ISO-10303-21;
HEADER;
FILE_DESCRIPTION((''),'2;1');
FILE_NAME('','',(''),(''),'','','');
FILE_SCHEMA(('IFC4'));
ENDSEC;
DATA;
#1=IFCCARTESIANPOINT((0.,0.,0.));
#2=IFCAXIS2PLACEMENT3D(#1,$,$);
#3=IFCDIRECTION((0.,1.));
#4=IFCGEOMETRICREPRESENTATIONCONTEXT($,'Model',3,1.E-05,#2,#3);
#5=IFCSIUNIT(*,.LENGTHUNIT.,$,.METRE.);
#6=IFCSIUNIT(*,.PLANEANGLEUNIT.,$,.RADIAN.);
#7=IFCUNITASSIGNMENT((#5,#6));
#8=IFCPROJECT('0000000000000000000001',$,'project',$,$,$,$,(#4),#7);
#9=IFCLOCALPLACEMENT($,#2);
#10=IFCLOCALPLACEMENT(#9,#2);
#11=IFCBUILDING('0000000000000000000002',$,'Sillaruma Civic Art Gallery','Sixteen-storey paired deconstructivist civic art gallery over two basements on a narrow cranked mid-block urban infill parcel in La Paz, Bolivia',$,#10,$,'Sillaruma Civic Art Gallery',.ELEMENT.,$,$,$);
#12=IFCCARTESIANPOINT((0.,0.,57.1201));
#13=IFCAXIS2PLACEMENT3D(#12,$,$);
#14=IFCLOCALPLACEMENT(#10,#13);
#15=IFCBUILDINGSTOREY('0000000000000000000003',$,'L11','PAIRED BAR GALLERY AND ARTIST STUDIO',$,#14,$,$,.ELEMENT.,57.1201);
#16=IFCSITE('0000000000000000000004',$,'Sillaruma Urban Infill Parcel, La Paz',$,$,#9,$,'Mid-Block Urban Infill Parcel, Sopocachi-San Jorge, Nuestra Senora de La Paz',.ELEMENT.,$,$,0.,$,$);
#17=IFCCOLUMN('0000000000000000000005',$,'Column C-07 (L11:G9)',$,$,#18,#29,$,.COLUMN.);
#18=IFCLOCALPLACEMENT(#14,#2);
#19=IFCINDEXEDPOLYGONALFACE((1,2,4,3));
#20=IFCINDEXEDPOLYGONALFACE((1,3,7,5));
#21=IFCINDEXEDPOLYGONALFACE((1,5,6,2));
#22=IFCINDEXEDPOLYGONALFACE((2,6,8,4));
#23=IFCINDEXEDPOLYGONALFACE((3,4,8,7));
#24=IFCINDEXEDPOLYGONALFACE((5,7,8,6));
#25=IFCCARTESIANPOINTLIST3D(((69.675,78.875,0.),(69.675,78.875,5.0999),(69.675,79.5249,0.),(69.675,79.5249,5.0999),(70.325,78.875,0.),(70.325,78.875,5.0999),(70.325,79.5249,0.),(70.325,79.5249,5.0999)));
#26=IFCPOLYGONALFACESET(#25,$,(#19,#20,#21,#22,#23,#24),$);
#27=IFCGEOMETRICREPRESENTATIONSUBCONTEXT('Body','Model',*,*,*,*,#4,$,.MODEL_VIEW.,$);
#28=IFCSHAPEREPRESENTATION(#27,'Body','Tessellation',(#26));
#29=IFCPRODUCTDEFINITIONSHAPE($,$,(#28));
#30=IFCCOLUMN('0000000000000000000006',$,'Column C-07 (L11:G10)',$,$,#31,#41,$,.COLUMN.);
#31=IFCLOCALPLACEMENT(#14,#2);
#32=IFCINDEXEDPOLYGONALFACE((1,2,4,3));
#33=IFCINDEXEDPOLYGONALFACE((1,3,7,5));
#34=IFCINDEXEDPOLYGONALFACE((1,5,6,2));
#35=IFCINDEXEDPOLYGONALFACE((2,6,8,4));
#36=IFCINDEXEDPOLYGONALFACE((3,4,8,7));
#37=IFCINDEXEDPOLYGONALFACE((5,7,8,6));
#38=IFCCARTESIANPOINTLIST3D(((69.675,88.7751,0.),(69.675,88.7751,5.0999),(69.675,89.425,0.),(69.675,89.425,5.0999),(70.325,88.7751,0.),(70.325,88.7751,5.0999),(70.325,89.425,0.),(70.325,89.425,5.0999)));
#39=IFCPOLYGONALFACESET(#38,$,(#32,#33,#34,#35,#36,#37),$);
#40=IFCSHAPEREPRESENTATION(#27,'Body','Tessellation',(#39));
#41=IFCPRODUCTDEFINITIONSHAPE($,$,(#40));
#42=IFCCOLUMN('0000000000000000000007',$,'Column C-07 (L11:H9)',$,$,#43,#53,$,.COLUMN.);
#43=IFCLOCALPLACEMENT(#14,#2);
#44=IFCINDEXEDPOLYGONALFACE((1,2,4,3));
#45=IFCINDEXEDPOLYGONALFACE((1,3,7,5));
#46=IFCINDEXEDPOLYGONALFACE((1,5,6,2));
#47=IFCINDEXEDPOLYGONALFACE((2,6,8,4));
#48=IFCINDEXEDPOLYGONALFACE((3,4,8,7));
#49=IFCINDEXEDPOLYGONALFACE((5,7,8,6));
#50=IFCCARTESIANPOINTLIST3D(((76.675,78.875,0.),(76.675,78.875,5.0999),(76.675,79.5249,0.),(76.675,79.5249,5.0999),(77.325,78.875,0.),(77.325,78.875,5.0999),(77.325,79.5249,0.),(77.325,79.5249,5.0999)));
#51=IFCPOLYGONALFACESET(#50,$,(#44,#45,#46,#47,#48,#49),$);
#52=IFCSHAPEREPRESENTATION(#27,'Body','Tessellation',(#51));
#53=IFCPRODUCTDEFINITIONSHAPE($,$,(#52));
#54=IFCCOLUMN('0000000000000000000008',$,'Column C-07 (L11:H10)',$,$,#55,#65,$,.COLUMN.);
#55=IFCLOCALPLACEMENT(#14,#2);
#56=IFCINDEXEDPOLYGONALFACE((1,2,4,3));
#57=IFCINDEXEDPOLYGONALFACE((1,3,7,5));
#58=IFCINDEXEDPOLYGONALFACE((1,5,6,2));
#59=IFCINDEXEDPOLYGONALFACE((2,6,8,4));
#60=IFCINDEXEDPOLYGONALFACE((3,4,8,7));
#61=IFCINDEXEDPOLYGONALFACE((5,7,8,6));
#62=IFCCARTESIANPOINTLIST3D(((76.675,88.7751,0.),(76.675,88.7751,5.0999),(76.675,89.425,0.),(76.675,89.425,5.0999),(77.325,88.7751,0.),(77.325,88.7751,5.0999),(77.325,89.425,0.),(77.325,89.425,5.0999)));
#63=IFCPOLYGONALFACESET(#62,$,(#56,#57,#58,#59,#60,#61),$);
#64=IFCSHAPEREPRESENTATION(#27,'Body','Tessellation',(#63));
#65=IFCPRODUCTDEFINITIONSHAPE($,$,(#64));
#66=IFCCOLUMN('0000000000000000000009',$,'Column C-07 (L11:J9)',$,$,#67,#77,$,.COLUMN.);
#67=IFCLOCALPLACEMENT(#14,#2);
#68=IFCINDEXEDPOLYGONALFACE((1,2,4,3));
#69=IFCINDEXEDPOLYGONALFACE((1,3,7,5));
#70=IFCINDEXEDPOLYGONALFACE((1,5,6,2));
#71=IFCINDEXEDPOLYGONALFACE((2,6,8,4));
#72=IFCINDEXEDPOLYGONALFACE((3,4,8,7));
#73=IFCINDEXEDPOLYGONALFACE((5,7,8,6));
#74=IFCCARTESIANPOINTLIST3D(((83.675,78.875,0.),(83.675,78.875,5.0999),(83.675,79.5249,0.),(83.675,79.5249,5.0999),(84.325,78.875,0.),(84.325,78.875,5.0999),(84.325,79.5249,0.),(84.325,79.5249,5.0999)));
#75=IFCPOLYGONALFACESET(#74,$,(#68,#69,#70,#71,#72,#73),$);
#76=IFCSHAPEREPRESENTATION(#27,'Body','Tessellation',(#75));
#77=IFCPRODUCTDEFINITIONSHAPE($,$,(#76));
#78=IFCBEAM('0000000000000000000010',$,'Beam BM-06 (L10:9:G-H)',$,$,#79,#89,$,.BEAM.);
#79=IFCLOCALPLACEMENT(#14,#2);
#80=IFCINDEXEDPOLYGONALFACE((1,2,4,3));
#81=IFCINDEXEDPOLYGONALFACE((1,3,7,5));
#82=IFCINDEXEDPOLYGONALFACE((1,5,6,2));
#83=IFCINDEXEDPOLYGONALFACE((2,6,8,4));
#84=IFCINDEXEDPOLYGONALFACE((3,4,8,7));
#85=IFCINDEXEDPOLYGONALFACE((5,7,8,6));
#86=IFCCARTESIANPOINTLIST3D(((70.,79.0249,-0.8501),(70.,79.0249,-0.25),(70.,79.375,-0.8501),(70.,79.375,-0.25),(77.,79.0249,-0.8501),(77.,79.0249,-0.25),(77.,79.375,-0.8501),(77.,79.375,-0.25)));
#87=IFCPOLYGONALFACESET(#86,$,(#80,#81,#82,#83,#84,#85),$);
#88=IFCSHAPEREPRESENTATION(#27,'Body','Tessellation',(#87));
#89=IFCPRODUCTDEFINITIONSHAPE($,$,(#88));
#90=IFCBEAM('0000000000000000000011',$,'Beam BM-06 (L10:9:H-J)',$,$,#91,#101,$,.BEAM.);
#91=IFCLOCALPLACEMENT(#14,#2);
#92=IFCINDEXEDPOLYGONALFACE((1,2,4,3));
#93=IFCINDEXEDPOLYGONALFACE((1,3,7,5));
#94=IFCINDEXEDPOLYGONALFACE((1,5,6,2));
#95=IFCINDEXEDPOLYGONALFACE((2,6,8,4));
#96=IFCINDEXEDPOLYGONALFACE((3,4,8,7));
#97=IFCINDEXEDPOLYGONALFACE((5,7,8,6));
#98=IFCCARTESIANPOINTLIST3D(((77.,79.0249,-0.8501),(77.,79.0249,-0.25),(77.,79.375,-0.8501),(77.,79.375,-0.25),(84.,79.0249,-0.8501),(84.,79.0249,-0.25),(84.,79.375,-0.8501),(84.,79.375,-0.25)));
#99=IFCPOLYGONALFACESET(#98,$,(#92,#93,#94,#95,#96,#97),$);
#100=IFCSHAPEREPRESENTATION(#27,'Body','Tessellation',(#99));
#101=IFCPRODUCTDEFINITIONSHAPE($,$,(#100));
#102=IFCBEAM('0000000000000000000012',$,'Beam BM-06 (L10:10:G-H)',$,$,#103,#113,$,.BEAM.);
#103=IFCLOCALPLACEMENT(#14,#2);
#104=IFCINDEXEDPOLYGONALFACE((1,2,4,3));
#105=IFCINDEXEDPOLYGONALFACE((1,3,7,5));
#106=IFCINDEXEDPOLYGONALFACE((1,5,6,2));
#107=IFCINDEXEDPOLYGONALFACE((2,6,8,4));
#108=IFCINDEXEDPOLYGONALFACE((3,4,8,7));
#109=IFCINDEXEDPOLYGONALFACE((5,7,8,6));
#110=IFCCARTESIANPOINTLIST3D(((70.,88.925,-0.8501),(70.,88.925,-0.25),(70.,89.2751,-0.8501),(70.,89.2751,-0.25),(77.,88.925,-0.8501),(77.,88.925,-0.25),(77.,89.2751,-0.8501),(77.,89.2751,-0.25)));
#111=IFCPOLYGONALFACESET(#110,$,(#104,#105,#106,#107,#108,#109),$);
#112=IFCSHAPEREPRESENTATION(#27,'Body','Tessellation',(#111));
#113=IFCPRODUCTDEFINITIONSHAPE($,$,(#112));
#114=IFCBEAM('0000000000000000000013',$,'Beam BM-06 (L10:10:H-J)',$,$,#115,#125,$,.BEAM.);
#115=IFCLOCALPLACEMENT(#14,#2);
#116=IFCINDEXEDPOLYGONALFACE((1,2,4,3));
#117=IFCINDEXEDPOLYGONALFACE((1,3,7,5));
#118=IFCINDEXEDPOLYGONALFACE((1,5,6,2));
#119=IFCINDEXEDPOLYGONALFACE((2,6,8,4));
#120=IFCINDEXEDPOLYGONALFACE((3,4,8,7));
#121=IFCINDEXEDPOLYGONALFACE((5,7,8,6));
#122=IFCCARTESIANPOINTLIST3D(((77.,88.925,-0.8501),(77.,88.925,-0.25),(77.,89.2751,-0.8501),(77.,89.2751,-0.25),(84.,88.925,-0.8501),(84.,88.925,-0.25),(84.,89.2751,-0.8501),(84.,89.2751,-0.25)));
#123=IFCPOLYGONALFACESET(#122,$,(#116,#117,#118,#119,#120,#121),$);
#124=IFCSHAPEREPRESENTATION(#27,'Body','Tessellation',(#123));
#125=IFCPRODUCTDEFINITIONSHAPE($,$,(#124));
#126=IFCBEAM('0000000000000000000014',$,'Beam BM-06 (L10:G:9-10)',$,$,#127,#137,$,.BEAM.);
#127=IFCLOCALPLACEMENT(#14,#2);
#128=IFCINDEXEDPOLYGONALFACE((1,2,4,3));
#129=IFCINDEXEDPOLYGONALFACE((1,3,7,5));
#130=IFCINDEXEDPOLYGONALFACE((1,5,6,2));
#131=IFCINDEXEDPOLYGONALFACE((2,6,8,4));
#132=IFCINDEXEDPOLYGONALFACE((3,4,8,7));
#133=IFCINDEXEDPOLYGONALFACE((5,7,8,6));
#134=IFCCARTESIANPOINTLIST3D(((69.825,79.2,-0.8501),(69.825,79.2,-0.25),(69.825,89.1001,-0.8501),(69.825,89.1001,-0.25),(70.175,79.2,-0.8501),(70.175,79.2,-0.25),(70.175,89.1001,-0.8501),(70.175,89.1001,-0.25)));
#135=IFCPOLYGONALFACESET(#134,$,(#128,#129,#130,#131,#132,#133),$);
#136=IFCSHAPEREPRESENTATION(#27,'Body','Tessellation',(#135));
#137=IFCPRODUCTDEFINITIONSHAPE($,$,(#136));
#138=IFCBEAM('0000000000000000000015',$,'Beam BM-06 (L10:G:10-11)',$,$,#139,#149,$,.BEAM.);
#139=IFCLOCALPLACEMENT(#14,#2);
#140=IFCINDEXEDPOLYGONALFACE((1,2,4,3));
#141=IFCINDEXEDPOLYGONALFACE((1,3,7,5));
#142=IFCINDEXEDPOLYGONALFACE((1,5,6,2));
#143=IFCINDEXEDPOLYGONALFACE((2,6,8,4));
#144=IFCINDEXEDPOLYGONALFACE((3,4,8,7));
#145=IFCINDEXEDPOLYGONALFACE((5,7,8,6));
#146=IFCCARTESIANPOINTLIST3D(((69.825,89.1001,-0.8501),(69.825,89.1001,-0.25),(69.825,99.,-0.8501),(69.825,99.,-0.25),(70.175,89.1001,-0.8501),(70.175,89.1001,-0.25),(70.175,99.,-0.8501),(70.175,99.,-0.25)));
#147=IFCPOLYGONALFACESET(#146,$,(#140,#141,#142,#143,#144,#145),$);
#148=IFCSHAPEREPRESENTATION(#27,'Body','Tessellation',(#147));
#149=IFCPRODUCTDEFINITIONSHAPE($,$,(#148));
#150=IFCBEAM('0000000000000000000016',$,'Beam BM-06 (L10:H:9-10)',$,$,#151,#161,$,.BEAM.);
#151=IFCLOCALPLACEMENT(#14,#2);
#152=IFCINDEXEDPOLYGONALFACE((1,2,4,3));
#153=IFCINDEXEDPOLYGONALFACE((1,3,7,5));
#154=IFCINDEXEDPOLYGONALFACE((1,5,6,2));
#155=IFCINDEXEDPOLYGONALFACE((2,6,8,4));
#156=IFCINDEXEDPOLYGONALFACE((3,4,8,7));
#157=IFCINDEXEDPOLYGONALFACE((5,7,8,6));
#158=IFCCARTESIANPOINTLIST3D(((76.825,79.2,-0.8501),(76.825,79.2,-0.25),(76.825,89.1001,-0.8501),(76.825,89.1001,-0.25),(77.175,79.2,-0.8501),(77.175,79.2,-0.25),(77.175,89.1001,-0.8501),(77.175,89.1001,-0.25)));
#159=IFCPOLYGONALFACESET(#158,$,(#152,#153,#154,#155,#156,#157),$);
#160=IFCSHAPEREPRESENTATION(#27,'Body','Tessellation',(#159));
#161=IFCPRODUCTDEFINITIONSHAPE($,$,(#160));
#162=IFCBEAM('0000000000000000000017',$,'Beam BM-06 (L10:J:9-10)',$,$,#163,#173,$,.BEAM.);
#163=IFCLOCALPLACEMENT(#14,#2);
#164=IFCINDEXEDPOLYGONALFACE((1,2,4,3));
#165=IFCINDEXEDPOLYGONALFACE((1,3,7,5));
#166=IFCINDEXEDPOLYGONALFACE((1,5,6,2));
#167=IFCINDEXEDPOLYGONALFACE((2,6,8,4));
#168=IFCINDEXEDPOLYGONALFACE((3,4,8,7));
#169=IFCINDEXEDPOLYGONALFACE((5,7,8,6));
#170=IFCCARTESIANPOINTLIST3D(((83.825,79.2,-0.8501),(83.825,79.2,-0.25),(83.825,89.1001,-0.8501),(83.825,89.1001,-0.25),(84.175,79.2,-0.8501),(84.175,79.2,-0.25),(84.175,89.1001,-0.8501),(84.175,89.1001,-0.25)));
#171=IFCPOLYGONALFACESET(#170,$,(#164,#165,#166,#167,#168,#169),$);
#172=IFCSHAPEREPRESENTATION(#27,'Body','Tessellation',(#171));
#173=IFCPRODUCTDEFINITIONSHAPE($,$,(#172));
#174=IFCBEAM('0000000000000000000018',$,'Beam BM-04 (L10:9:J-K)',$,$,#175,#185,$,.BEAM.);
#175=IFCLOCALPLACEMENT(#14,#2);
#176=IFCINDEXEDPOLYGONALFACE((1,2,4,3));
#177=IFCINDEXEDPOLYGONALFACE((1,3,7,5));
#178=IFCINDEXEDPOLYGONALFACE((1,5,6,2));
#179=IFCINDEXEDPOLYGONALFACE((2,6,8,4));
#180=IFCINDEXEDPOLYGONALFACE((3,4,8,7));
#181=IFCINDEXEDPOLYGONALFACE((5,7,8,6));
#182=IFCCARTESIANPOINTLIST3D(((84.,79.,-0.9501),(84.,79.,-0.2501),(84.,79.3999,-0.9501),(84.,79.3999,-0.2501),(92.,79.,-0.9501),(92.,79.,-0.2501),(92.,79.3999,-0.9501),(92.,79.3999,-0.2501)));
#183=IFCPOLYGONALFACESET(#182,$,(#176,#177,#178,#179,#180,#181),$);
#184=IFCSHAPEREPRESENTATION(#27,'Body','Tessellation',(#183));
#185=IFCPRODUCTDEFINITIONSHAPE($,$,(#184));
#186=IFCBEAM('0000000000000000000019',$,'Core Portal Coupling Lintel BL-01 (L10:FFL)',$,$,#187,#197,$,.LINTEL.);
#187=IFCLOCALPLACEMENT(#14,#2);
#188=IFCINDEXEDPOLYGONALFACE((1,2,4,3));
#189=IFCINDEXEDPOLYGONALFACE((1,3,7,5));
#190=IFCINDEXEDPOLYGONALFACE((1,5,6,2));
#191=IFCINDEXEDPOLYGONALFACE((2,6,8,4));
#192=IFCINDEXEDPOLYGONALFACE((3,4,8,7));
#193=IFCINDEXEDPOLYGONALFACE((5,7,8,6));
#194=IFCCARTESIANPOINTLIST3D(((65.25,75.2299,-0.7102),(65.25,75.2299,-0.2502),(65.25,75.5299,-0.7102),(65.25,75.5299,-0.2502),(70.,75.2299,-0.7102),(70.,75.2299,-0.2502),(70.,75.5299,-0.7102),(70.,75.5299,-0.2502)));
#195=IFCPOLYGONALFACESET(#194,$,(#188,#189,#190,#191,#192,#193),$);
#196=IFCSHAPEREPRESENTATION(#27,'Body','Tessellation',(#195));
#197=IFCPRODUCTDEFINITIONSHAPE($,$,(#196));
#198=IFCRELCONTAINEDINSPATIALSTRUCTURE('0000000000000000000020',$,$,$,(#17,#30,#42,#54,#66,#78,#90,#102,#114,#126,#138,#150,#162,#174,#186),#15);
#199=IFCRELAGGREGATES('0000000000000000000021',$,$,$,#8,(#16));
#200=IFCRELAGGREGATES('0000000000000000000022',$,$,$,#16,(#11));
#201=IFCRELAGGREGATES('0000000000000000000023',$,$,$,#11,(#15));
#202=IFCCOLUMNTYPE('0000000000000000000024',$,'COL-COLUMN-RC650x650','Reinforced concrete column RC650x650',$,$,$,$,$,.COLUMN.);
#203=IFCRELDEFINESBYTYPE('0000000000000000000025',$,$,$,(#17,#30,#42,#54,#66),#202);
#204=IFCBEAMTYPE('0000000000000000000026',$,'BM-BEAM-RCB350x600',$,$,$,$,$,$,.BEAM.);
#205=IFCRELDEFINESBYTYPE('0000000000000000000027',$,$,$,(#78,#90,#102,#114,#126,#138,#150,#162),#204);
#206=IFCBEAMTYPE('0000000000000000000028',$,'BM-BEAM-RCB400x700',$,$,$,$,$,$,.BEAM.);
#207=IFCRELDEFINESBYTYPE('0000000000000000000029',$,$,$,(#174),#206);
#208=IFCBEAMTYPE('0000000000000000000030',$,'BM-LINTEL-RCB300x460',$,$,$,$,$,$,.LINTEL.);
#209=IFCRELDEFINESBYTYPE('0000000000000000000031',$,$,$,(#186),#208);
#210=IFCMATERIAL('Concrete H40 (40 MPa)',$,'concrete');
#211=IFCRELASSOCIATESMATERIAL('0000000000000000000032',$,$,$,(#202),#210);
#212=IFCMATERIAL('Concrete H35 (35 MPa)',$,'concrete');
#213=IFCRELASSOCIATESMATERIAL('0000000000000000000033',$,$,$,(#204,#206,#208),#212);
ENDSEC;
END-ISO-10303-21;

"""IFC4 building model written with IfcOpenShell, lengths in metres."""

from ifc_helpers import new_model, si_unit, direction, frame, origin, origin_2d, place, context, subcontext, project, spatial, rectangle, extrude, material, material_profile, profile_set, type_object, element, save


model = new_model("IFC4")

# Units and contexts
model_context = context("Model", 3, precision=1e-05, world=origin(), true_north=direction((0.0, 1.0)))
body_context = subcontext(model_context, "Body", "Model", "MODEL_VIEW")
ifc_project = project(units=[si_unit("LENGTHUNIT", "METRE"), si_unit("PLANEANGLEUNIT", "RADIAN")], contexts=[model_context])

# Site, building, storey
site_placement = place(None, origin())
site = spatial("IfcSite", under=ifc_project, at=site_placement, Name="Sillaruma Urban Infill Parcel, La Paz", LongName="Mid-Block Urban Infill Parcel, Sopocachi-San Jorge, Nuestra Senora de La Paz", CompositionType="ELEMENT", RefElevation=0.0)
building_placement = place(site_placement, origin())
building = spatial("IfcBuilding", under=site, at=building_placement, Name="Sillaruma Civic Art Gallery", Description="Sixteen-storey paired deconstructivist civic art gallery over two basements on a narrow cranked mid-block urban infill parcel in La Paz, Bolivia", LongName="Sillaruma Civic Art Gallery", CompositionType="ELEMENT")
storey_placement = place(building_placement, frame((0.0, 0.0, 57.1201)))
storey = spatial("IfcBuildingStorey", under=building, at=storey_placement, Name="L11", Description="PAIRED BAR GALLERY AND ARTIST STUDIO", CompositionType="ELEMENT", Elevation=57.1201)

# Columns
ifc_material_1 = material(Name="Concrete H40 (40 MPa)", Category="concrete")
ifc_material_profile_1 = material_profile(ifc_material_1, rectangle(XDim=0.6499, YDim=0.6499, at=origin_2d()), Name="RC650x650")
ifc_profile_set_1 = profile_set([ifc_material_profile_1], Name="Concrete H40 (40 MPa)")
column_type = type_object("IfcColumnType", Name="COL-COLUMN-RC650x650", Description="Reinforced concrete column RC650x650", PredefinedType="COLUMN", material=ifc_profile_set_1)
for number, where, z_axis, x_axis, name in (
    (1, (70.0, 79.2, 0.0), (0.0, 0.0, 1.0), (1.0, 0.0, 0.0), "Column C-07 (L11:G9)"),
    (2, (70.0, 89.1001, 0.0), (0.0, 0.0, 1.0), (1.0, 0.0, 0.0), "Column C-07 (L11:G10)"),
    (3, (77.0, 79.2, 0.0), (0.0, 0.0, 1.0), (1.0, 0.0, 0.0), "Column C-07 (L11:H9)"),
    (4, (77.0, 89.1001, 0.0), (0.0, 0.0, 1.0), (1.0, 0.0, 0.0), "Column C-07 (L11:H10)"),
    (5, (84.0, 79.2, 0.0), (0.0, 0.0, 1.0), (1.0, 0.0, 0.0), "Column C-07 (L11:J9)"),
):
    element("IfcColumn", number, at=place(storey_placement, frame(where, z_axis=z_axis, x_axis=x_axis)), inside=storey, type_object=column_type, Name=name, PredefinedType="COLUMN", context=body_context, shape_type="SweptSolid", body=[
        extrude(rectangle(XDim=0.6499, YDim=0.6499, at=origin_2d()), origin(), (0.0, 0.0, 1.0), 5.0999),
    ])

# Beams
ifc_material_2 = material(Name="Concrete H35 (35 MPa)", Category="concrete")
ifc_material_profile_2 = material_profile(ifc_material_2, rectangle(XDim=0.3501, YDim=0.6001, at=origin_2d()), Name="RCB350x600")
ifc_profile_set_2 = profile_set([ifc_material_profile_2], Name="Concrete H35 (35 MPa)")
beam_type_1 = type_object("IfcBeamType", Name="BM-BEAM-RCB350x600", PredefinedType="BEAM", material=ifc_profile_set_2)
for number, where, z_axis, x_axis, name in (
    (6, (70.0, 79.2, -0.55), (1.0, 0.0, 0.0), (0.0, 1.0, 0.0), "Beam BM-06 (L10:9:G-H)"),
    (7, (77.0, 79.2, -0.55), (1.0, 0.0, 0.0), (0.0, 1.0, 0.0), "Beam BM-06 (L10:9:H-J)"),
    (8, (70.0, 89.1001, -0.55), (1.0, 0.0, 0.0), (0.0, 1.0, 0.0), "Beam BM-06 (L10:10:G-H)"),
    (9, (77.0, 89.1001, -0.55), (1.0, 0.0, 0.0), (0.0, 1.0, 0.0), "Beam BM-06 (L10:10:H-J)"),
):
    element("IfcBeam", number, at=place(storey_placement, frame(where, z_axis=z_axis, x_axis=x_axis)), inside=storey, type_object=beam_type_1, Name=name, PredefinedType="BEAM", context=body_context, shape_type="SweptSolid", body=[
        extrude(rectangle(XDim=0.3501, YDim=0.6001, at=origin_2d()), origin(), (0.0, 0.0, 1.0), 7.0),
    ])
beam_1_placement = place(storey_placement, frame((70.0, 79.2, -0.55), z_axis=(0.0, 1.0, 0.0), x_axis=(-1.0, 0.0, 0.0)))
element("IfcBeam", 10, at=beam_1_placement, inside=storey, type_object=beam_type_1, Name="Beam BM-06 (L10:G:9-10)", PredefinedType="BEAM", context=body_context, shape_type="SweptSolid", body=[
    extrude(rectangle(XDim=0.3501, YDim=0.6001, at=origin_2d()), origin(), (0.0, 0.0, 1.0), 9.9001),
])
beam_2_placement = place(storey_placement, frame((70.0, 89.1001, -0.55), z_axis=(0.0, 1.0, 0.0), x_axis=(-1.0, 0.0, 0.0)))
element("IfcBeam", 11, at=beam_2_placement, inside=storey, type_object=beam_type_1, Name="Beam BM-06 (L10:G:10-11)", PredefinedType="BEAM", context=body_context, shape_type="SweptSolid", body=[
    extrude(rectangle(XDim=0.3501, YDim=0.6001, at=origin_2d()), origin(), (0.0, 0.0, 1.0), 9.8999),
])
for number, where, z_axis, x_axis, name in (
    (12, (77.0, 79.2, -0.55), (0.0, 1.0, 0.0), (-1.0, 0.0, 0.0), "Beam BM-06 (L10:H:9-10)"),
    (13, (84.0, 79.2, -0.55), (0.0, 1.0, 0.0), (-1.0, 0.0, 0.0), "Beam BM-06 (L10:J:9-10)"),
):
    element("IfcBeam", number, at=place(storey_placement, frame(where, z_axis=z_axis, x_axis=x_axis)), inside=storey, type_object=beam_type_1, Name=name, PredefinedType="BEAM", context=body_context, shape_type="SweptSolid", body=[
        extrude(rectangle(XDim=0.3501, YDim=0.6001, at=origin_2d()), origin(), (0.0, 0.0, 1.0), 9.9001),
    ])
ifc_material_profile_3 = material_profile(ifc_material_2, rectangle(XDim=0.3999, YDim=0.7, at=origin_2d()), Name="RCB400x700")
ifc_profile_set_3 = profile_set([ifc_material_profile_3], Name="Concrete H35 (35 MPa)")
beam_type_2 = type_object("IfcBeamType", Name="BM-BEAM-RCB400x700", PredefinedType="BEAM", material=ifc_profile_set_3)
beam_3_placement = place(storey_placement, frame((84.0, 79.2, -0.6001), z_axis=(1.0, 0.0, 0.0), x_axis=(0.0, 1.0, 0.0)))
element("IfcBeam", 14, at=beam_3_placement, inside=storey, type_object=beam_type_2, Name="Beam BM-04 (L10:9:J-K)", PredefinedType="BEAM", context=body_context, shape_type="SweptSolid", body=[
    extrude(rectangle(XDim=0.3999, YDim=0.7, at=origin_2d()), origin(), (0.0, 0.0, 1.0), 8.0),
])
ifc_material_profile_4 = material_profile(ifc_material_2, rectangle(XDim=0.3, YDim=0.46, at=origin_2d()), Name="RCB300x460")
ifc_profile_set_4 = profile_set([ifc_material_profile_4], Name="Concrete H35 (35 MPa)")
beam_type_3 = type_object("IfcBeamType", Name="BM-LINTEL-RCB300x460", PredefinedType="LINTEL", material=ifc_profile_set_4)
beam_4_placement = place(storey_placement, frame((65.25, 75.3799, -0.4802), z_axis=(1.0, 0.0, 0.0), x_axis=(0.0, 1.0, 0.0)))
element("IfcBeam", 15, at=beam_4_placement, inside=storey, type_object=beam_type_3, Name="Core Portal Coupling Lintel BL-01 (L10:FFL)", PredefinedType="LINTEL", context=body_context, shape_type="SweptSolid", body=[
    extrude(rectangle(XDim=0.3, YDim=0.46, at=origin_2d()), origin(), (0.0, 0.0, 1.0), 4.75),
])

save(model, "model.ifc")
